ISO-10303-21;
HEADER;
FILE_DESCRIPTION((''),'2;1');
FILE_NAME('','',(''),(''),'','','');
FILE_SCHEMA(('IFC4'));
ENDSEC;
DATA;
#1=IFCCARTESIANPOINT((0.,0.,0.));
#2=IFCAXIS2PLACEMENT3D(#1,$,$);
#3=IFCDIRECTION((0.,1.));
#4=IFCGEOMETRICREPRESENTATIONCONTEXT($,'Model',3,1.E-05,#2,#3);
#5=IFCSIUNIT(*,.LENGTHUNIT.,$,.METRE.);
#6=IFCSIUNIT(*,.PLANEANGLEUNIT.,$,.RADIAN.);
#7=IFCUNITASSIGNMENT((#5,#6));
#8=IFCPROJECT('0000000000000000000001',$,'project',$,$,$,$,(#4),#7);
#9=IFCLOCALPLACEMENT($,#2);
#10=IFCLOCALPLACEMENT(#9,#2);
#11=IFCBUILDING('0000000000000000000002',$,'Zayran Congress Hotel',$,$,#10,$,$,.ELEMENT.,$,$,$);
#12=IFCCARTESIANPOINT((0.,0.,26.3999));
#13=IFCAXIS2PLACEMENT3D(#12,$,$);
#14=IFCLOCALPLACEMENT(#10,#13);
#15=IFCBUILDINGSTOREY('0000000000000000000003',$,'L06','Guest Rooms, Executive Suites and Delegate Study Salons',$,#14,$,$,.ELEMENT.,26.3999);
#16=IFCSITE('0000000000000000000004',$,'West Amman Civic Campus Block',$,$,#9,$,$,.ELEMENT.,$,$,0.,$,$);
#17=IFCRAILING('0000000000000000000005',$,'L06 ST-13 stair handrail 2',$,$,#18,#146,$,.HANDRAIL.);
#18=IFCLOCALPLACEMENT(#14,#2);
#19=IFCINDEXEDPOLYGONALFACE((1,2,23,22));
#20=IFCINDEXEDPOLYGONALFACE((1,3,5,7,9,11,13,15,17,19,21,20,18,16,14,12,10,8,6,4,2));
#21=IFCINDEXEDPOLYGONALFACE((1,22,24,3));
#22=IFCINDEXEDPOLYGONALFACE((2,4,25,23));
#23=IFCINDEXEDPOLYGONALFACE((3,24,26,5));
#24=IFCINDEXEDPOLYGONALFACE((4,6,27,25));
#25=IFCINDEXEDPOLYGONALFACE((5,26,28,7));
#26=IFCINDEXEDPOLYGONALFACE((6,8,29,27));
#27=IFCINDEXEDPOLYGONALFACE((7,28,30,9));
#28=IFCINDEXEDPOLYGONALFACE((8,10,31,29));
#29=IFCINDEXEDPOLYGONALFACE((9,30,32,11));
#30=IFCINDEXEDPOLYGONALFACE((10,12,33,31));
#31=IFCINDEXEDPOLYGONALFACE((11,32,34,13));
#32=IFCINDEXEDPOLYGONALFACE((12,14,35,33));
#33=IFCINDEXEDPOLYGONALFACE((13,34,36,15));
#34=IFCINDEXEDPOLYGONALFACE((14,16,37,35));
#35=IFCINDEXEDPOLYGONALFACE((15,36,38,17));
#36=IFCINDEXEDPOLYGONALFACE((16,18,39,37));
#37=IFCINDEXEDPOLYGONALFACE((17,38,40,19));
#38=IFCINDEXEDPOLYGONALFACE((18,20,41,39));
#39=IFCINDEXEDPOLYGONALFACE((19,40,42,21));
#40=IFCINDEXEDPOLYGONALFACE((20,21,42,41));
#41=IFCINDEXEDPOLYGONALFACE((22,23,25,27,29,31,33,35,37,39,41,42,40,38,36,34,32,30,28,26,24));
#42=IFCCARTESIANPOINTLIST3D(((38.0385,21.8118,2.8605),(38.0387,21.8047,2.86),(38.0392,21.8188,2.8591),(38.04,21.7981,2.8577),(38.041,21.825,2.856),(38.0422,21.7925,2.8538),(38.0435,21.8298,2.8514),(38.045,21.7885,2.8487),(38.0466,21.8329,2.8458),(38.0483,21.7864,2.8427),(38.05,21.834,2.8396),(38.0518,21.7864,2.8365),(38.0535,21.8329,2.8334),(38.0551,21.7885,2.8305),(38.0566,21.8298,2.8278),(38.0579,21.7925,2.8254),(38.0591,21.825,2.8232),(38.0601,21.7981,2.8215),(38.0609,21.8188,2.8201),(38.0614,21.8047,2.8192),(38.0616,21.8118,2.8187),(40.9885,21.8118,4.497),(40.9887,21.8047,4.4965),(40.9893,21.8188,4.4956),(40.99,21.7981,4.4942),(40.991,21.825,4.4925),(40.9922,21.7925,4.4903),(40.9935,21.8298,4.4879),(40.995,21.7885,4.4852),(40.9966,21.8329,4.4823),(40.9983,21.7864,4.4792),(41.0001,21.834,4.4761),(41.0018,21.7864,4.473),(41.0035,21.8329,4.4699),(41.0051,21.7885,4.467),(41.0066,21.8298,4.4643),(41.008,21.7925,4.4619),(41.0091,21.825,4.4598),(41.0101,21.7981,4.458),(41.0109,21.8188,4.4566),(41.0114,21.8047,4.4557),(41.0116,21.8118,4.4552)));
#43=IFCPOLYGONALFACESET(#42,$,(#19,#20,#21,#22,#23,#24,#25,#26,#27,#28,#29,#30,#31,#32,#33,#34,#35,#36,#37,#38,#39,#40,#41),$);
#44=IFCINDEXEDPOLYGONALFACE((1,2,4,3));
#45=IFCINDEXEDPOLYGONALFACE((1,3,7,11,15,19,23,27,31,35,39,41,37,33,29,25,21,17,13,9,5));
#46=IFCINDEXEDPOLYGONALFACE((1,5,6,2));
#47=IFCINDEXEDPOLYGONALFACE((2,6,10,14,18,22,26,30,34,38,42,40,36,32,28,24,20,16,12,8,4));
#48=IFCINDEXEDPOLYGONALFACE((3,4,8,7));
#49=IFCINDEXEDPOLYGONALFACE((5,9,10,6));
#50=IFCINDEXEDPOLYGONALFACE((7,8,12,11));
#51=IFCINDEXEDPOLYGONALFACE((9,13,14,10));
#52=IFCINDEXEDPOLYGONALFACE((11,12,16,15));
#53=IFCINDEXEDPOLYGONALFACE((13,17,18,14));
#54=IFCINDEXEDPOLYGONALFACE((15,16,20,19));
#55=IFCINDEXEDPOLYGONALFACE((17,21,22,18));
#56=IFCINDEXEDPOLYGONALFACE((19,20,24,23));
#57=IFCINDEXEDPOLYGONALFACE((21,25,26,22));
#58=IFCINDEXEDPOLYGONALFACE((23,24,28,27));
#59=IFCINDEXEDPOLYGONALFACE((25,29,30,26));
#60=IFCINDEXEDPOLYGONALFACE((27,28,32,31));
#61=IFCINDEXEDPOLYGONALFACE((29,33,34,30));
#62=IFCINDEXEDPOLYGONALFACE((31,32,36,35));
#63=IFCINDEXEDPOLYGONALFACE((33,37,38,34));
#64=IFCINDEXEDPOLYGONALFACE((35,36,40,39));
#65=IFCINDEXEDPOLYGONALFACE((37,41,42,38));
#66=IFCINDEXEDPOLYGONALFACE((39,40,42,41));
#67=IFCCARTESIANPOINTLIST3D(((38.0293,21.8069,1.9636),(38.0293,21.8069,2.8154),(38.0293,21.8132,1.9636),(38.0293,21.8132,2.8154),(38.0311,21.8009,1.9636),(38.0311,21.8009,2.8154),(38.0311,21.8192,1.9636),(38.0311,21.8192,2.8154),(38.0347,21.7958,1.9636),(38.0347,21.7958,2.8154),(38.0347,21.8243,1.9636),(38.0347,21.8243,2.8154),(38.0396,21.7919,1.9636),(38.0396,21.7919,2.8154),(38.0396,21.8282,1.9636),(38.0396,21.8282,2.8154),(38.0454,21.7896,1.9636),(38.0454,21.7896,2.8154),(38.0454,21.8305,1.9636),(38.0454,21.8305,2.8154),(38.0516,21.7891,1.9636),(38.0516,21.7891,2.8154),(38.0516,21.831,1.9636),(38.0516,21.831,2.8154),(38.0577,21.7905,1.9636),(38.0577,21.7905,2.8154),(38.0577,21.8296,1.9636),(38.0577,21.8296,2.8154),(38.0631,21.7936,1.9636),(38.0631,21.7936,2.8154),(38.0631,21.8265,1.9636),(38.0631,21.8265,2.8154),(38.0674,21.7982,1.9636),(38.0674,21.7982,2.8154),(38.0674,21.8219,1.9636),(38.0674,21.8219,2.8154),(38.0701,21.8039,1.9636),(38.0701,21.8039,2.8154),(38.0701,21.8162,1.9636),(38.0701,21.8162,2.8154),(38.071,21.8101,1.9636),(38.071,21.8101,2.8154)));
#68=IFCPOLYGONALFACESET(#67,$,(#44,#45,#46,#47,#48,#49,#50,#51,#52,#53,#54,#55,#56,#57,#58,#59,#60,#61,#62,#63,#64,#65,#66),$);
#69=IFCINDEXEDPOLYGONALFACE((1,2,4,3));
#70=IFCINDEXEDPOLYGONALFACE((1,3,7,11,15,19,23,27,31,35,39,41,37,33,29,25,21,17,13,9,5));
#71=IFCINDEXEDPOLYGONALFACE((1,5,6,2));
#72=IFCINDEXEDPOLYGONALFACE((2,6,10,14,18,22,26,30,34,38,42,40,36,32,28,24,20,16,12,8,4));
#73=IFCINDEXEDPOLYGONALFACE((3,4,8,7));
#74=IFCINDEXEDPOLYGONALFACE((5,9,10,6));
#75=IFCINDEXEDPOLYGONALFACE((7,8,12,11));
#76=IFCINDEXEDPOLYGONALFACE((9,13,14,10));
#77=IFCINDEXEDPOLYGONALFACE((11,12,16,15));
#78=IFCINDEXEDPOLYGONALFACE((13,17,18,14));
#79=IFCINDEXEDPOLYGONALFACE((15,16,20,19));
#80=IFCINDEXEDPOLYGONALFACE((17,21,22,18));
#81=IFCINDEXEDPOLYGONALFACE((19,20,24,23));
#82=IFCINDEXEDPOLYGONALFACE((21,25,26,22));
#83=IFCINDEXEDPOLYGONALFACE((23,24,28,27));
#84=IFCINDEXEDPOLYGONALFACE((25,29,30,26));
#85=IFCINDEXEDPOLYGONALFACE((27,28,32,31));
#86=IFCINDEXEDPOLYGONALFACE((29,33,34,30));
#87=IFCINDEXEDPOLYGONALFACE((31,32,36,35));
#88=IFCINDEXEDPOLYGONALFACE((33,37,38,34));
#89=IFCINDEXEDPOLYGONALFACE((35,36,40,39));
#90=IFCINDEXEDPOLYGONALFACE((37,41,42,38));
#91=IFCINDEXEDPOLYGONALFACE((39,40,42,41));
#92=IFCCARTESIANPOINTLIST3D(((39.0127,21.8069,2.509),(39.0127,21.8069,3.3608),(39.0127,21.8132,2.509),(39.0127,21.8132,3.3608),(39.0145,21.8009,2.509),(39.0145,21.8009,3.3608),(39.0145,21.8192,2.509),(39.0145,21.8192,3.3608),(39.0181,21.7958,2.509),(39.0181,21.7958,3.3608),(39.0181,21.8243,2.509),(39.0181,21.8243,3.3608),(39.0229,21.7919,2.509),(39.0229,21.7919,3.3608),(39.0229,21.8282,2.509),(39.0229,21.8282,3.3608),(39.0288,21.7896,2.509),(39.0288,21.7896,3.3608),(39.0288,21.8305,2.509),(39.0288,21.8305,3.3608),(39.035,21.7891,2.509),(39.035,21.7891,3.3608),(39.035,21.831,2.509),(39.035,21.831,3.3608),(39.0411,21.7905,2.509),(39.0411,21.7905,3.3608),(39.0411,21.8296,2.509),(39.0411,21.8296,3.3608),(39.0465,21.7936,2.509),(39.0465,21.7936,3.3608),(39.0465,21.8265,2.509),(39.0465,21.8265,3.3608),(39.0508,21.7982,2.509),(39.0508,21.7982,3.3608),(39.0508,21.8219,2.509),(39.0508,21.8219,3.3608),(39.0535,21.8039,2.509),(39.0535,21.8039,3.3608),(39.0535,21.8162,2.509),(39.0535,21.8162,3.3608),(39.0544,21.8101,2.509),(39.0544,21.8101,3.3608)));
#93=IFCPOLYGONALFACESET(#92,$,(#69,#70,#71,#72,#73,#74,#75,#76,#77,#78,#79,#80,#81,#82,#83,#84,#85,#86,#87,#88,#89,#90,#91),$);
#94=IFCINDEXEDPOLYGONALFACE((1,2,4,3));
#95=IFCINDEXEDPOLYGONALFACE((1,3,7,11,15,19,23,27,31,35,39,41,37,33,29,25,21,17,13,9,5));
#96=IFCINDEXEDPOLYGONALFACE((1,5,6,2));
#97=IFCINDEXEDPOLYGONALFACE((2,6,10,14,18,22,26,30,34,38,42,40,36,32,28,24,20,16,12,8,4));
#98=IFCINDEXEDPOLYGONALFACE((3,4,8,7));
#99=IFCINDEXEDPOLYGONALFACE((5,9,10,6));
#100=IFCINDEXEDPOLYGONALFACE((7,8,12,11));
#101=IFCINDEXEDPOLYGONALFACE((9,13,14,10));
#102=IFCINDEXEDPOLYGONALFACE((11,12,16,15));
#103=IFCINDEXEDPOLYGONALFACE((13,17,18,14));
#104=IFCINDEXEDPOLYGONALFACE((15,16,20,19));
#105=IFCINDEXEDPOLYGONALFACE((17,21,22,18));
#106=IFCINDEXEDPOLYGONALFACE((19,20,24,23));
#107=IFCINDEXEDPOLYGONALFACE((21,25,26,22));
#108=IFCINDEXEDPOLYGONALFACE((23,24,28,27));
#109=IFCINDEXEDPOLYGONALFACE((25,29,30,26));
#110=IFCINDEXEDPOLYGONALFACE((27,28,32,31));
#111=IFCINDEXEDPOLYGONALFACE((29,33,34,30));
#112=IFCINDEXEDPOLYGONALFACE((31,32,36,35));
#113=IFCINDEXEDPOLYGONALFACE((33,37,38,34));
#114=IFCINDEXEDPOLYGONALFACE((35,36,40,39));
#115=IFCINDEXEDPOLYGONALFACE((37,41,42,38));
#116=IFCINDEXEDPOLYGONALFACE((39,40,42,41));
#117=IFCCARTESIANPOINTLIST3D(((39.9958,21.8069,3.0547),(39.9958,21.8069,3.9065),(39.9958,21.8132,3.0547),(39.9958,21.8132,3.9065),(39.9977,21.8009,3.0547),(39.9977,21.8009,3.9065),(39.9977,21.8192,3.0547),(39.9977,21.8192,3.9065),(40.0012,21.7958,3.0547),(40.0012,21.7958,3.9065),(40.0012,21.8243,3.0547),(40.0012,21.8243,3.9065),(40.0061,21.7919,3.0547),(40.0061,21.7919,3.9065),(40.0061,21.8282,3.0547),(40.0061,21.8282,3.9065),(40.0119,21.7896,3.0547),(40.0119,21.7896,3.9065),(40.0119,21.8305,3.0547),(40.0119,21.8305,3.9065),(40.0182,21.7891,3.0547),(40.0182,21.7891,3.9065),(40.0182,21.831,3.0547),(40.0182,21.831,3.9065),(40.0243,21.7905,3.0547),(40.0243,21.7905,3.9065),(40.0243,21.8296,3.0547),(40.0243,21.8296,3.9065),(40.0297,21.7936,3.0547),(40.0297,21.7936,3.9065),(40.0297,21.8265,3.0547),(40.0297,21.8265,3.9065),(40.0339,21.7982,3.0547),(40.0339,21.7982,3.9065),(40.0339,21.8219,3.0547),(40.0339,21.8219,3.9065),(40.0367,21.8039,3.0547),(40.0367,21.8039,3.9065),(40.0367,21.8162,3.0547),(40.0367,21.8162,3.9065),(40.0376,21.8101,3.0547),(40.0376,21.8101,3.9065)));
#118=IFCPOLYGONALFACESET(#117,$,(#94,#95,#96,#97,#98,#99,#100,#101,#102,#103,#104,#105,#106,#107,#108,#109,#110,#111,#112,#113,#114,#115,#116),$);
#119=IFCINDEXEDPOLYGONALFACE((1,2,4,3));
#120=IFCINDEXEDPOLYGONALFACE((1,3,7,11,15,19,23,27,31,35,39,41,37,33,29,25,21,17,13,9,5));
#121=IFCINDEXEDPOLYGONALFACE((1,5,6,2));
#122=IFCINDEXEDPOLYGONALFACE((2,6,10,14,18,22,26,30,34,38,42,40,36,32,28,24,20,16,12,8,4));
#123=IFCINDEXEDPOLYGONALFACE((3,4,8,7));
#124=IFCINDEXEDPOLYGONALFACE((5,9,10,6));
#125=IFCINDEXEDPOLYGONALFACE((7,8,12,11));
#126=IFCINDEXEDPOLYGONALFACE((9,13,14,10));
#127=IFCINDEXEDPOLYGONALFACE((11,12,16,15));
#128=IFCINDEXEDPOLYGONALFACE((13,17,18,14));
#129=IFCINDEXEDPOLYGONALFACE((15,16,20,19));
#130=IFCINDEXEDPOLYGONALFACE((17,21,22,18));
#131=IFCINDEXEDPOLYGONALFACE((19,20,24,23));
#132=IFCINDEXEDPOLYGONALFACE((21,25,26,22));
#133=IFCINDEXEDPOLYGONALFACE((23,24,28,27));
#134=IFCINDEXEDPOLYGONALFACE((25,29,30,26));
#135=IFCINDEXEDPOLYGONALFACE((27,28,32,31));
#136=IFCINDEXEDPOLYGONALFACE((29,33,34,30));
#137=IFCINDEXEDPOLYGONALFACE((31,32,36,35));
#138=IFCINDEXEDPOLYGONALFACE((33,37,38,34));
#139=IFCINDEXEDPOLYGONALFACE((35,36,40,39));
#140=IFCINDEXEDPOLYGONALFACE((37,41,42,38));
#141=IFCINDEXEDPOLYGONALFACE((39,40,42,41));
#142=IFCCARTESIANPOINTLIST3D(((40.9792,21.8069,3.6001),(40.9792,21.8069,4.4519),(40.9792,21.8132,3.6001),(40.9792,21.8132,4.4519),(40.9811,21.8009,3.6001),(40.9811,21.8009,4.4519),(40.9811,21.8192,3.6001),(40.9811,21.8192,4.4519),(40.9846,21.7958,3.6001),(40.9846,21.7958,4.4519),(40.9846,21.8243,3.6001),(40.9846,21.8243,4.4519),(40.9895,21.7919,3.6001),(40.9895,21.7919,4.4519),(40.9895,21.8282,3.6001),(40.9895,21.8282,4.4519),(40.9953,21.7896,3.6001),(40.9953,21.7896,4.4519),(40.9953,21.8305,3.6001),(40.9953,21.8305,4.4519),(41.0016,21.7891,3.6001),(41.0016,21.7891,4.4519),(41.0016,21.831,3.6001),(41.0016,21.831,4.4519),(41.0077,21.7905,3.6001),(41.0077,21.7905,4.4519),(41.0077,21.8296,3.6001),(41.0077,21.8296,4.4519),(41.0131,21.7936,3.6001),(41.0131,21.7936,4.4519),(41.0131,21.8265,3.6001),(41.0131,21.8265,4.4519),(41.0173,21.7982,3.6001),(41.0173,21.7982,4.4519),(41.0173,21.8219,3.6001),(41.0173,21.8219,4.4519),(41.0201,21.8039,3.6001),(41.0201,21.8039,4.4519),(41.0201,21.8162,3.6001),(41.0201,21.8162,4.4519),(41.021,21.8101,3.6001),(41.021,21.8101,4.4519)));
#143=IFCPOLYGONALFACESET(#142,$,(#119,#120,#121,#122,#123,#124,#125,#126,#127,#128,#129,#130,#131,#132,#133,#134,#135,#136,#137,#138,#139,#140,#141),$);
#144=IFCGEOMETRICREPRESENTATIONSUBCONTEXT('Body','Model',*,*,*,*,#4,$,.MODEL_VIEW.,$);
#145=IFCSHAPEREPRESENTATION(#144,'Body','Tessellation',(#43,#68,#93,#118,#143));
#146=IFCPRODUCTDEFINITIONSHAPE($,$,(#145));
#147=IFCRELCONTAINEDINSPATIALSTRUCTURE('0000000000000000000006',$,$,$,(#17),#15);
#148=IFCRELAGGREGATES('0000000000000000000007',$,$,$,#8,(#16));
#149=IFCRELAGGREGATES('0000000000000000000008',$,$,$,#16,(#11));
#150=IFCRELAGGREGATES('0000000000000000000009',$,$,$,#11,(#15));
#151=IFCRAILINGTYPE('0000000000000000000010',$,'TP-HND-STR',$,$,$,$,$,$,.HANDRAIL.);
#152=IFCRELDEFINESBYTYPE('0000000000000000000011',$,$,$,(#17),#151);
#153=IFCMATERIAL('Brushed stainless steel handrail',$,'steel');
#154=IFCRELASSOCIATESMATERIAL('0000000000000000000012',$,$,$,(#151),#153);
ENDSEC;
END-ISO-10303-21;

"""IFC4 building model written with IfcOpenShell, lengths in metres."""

from ifc_helpers import new_model, si_unit, direction, frame, origin, origin_2d, place, context, subcontext, project, spatial, circle, extrude, material, type_object, element, save


model = new_model("IFC4")

# Units and contexts
model_context = context("Model", 3, precision=1e-05, world=origin(), true_north=direction((0.0, 1.0)))
body_context = subcontext(model_context, "Body", "Model", "MODEL_VIEW")
ifc_project = project(units=[si_unit("LENGTHUNIT", "METRE"), si_unit("PLANEANGLEUNIT", "RADIAN")], contexts=[model_context])

# Site, building, storey
site_placement = place(None, origin())
site = spatial("IfcSite", under=ifc_project, at=site_placement, Name="West Amman Civic Campus Block", CompositionType="ELEMENT", RefElevation=0.0)
building_placement = place(site_placement, origin())
building = spatial("IfcBuilding", under=site, at=building_placement, Name="Zayran Congress Hotel", CompositionType="ELEMENT")
storey_placement = place(building_placement, frame((0.0, 0.0, 26.3999)))
storey = spatial("IfcBuildingStorey", under=building, at=storey_placement, Name="L06", Description="Guest Rooms, Executive Suites and Delegate Study Salons", CompositionType="ELEMENT", Elevation=26.3999)

# Railing
ifc_material_1 = material(Name="Brushed stainless steel handrail", Category="steel")
railing_type = type_object("IfcRailingType", Name="TP-HND-STR", PredefinedType="HANDRAIL", material=ifc_material_1)
railing_placement = place(storey_placement, frame((38.05, 21.8101, 1.9636)))
element("IfcRailing", 1, at=railing_placement, inside=storey, type_object=railing_type, Name="L06 ST-13 stair handrail 2", PredefinedType="HANDRAIL", context=body_context, shape_type="SweptSolid", body=[
    extrude(circle(Radius=0.0239, at=origin_2d()), frame((0.0, 0.0, 0.876), z_axis=(0.874458, 0.0, 0.485102), x_axis=(0.0, 1.0, 0.0)), (0.0, 0.0, 1.0), 3.3735),
    extrude(circle(Radius=0.021, at=origin_2d()), origin(), (0.0, 0.0, 1.0), 0.8518),
    extrude(circle(Radius=0.021, at=origin_2d()), frame((0.9834, 0.0, 0.5454)), (0.0, 0.0, 1.0), 0.8518),
    extrude(circle(Radius=0.021, at=origin_2d()), frame((1.9666, 0.0, 1.0911)), (0.0, 0.0, 1.0), 0.8518),
    extrude(circle(Radius=0.021, at=origin_2d()), frame((2.95, 0.0, 1.6365)), (0.0, 0.0, 1.0), 0.8518),
])

save(model, "model.ifc")
